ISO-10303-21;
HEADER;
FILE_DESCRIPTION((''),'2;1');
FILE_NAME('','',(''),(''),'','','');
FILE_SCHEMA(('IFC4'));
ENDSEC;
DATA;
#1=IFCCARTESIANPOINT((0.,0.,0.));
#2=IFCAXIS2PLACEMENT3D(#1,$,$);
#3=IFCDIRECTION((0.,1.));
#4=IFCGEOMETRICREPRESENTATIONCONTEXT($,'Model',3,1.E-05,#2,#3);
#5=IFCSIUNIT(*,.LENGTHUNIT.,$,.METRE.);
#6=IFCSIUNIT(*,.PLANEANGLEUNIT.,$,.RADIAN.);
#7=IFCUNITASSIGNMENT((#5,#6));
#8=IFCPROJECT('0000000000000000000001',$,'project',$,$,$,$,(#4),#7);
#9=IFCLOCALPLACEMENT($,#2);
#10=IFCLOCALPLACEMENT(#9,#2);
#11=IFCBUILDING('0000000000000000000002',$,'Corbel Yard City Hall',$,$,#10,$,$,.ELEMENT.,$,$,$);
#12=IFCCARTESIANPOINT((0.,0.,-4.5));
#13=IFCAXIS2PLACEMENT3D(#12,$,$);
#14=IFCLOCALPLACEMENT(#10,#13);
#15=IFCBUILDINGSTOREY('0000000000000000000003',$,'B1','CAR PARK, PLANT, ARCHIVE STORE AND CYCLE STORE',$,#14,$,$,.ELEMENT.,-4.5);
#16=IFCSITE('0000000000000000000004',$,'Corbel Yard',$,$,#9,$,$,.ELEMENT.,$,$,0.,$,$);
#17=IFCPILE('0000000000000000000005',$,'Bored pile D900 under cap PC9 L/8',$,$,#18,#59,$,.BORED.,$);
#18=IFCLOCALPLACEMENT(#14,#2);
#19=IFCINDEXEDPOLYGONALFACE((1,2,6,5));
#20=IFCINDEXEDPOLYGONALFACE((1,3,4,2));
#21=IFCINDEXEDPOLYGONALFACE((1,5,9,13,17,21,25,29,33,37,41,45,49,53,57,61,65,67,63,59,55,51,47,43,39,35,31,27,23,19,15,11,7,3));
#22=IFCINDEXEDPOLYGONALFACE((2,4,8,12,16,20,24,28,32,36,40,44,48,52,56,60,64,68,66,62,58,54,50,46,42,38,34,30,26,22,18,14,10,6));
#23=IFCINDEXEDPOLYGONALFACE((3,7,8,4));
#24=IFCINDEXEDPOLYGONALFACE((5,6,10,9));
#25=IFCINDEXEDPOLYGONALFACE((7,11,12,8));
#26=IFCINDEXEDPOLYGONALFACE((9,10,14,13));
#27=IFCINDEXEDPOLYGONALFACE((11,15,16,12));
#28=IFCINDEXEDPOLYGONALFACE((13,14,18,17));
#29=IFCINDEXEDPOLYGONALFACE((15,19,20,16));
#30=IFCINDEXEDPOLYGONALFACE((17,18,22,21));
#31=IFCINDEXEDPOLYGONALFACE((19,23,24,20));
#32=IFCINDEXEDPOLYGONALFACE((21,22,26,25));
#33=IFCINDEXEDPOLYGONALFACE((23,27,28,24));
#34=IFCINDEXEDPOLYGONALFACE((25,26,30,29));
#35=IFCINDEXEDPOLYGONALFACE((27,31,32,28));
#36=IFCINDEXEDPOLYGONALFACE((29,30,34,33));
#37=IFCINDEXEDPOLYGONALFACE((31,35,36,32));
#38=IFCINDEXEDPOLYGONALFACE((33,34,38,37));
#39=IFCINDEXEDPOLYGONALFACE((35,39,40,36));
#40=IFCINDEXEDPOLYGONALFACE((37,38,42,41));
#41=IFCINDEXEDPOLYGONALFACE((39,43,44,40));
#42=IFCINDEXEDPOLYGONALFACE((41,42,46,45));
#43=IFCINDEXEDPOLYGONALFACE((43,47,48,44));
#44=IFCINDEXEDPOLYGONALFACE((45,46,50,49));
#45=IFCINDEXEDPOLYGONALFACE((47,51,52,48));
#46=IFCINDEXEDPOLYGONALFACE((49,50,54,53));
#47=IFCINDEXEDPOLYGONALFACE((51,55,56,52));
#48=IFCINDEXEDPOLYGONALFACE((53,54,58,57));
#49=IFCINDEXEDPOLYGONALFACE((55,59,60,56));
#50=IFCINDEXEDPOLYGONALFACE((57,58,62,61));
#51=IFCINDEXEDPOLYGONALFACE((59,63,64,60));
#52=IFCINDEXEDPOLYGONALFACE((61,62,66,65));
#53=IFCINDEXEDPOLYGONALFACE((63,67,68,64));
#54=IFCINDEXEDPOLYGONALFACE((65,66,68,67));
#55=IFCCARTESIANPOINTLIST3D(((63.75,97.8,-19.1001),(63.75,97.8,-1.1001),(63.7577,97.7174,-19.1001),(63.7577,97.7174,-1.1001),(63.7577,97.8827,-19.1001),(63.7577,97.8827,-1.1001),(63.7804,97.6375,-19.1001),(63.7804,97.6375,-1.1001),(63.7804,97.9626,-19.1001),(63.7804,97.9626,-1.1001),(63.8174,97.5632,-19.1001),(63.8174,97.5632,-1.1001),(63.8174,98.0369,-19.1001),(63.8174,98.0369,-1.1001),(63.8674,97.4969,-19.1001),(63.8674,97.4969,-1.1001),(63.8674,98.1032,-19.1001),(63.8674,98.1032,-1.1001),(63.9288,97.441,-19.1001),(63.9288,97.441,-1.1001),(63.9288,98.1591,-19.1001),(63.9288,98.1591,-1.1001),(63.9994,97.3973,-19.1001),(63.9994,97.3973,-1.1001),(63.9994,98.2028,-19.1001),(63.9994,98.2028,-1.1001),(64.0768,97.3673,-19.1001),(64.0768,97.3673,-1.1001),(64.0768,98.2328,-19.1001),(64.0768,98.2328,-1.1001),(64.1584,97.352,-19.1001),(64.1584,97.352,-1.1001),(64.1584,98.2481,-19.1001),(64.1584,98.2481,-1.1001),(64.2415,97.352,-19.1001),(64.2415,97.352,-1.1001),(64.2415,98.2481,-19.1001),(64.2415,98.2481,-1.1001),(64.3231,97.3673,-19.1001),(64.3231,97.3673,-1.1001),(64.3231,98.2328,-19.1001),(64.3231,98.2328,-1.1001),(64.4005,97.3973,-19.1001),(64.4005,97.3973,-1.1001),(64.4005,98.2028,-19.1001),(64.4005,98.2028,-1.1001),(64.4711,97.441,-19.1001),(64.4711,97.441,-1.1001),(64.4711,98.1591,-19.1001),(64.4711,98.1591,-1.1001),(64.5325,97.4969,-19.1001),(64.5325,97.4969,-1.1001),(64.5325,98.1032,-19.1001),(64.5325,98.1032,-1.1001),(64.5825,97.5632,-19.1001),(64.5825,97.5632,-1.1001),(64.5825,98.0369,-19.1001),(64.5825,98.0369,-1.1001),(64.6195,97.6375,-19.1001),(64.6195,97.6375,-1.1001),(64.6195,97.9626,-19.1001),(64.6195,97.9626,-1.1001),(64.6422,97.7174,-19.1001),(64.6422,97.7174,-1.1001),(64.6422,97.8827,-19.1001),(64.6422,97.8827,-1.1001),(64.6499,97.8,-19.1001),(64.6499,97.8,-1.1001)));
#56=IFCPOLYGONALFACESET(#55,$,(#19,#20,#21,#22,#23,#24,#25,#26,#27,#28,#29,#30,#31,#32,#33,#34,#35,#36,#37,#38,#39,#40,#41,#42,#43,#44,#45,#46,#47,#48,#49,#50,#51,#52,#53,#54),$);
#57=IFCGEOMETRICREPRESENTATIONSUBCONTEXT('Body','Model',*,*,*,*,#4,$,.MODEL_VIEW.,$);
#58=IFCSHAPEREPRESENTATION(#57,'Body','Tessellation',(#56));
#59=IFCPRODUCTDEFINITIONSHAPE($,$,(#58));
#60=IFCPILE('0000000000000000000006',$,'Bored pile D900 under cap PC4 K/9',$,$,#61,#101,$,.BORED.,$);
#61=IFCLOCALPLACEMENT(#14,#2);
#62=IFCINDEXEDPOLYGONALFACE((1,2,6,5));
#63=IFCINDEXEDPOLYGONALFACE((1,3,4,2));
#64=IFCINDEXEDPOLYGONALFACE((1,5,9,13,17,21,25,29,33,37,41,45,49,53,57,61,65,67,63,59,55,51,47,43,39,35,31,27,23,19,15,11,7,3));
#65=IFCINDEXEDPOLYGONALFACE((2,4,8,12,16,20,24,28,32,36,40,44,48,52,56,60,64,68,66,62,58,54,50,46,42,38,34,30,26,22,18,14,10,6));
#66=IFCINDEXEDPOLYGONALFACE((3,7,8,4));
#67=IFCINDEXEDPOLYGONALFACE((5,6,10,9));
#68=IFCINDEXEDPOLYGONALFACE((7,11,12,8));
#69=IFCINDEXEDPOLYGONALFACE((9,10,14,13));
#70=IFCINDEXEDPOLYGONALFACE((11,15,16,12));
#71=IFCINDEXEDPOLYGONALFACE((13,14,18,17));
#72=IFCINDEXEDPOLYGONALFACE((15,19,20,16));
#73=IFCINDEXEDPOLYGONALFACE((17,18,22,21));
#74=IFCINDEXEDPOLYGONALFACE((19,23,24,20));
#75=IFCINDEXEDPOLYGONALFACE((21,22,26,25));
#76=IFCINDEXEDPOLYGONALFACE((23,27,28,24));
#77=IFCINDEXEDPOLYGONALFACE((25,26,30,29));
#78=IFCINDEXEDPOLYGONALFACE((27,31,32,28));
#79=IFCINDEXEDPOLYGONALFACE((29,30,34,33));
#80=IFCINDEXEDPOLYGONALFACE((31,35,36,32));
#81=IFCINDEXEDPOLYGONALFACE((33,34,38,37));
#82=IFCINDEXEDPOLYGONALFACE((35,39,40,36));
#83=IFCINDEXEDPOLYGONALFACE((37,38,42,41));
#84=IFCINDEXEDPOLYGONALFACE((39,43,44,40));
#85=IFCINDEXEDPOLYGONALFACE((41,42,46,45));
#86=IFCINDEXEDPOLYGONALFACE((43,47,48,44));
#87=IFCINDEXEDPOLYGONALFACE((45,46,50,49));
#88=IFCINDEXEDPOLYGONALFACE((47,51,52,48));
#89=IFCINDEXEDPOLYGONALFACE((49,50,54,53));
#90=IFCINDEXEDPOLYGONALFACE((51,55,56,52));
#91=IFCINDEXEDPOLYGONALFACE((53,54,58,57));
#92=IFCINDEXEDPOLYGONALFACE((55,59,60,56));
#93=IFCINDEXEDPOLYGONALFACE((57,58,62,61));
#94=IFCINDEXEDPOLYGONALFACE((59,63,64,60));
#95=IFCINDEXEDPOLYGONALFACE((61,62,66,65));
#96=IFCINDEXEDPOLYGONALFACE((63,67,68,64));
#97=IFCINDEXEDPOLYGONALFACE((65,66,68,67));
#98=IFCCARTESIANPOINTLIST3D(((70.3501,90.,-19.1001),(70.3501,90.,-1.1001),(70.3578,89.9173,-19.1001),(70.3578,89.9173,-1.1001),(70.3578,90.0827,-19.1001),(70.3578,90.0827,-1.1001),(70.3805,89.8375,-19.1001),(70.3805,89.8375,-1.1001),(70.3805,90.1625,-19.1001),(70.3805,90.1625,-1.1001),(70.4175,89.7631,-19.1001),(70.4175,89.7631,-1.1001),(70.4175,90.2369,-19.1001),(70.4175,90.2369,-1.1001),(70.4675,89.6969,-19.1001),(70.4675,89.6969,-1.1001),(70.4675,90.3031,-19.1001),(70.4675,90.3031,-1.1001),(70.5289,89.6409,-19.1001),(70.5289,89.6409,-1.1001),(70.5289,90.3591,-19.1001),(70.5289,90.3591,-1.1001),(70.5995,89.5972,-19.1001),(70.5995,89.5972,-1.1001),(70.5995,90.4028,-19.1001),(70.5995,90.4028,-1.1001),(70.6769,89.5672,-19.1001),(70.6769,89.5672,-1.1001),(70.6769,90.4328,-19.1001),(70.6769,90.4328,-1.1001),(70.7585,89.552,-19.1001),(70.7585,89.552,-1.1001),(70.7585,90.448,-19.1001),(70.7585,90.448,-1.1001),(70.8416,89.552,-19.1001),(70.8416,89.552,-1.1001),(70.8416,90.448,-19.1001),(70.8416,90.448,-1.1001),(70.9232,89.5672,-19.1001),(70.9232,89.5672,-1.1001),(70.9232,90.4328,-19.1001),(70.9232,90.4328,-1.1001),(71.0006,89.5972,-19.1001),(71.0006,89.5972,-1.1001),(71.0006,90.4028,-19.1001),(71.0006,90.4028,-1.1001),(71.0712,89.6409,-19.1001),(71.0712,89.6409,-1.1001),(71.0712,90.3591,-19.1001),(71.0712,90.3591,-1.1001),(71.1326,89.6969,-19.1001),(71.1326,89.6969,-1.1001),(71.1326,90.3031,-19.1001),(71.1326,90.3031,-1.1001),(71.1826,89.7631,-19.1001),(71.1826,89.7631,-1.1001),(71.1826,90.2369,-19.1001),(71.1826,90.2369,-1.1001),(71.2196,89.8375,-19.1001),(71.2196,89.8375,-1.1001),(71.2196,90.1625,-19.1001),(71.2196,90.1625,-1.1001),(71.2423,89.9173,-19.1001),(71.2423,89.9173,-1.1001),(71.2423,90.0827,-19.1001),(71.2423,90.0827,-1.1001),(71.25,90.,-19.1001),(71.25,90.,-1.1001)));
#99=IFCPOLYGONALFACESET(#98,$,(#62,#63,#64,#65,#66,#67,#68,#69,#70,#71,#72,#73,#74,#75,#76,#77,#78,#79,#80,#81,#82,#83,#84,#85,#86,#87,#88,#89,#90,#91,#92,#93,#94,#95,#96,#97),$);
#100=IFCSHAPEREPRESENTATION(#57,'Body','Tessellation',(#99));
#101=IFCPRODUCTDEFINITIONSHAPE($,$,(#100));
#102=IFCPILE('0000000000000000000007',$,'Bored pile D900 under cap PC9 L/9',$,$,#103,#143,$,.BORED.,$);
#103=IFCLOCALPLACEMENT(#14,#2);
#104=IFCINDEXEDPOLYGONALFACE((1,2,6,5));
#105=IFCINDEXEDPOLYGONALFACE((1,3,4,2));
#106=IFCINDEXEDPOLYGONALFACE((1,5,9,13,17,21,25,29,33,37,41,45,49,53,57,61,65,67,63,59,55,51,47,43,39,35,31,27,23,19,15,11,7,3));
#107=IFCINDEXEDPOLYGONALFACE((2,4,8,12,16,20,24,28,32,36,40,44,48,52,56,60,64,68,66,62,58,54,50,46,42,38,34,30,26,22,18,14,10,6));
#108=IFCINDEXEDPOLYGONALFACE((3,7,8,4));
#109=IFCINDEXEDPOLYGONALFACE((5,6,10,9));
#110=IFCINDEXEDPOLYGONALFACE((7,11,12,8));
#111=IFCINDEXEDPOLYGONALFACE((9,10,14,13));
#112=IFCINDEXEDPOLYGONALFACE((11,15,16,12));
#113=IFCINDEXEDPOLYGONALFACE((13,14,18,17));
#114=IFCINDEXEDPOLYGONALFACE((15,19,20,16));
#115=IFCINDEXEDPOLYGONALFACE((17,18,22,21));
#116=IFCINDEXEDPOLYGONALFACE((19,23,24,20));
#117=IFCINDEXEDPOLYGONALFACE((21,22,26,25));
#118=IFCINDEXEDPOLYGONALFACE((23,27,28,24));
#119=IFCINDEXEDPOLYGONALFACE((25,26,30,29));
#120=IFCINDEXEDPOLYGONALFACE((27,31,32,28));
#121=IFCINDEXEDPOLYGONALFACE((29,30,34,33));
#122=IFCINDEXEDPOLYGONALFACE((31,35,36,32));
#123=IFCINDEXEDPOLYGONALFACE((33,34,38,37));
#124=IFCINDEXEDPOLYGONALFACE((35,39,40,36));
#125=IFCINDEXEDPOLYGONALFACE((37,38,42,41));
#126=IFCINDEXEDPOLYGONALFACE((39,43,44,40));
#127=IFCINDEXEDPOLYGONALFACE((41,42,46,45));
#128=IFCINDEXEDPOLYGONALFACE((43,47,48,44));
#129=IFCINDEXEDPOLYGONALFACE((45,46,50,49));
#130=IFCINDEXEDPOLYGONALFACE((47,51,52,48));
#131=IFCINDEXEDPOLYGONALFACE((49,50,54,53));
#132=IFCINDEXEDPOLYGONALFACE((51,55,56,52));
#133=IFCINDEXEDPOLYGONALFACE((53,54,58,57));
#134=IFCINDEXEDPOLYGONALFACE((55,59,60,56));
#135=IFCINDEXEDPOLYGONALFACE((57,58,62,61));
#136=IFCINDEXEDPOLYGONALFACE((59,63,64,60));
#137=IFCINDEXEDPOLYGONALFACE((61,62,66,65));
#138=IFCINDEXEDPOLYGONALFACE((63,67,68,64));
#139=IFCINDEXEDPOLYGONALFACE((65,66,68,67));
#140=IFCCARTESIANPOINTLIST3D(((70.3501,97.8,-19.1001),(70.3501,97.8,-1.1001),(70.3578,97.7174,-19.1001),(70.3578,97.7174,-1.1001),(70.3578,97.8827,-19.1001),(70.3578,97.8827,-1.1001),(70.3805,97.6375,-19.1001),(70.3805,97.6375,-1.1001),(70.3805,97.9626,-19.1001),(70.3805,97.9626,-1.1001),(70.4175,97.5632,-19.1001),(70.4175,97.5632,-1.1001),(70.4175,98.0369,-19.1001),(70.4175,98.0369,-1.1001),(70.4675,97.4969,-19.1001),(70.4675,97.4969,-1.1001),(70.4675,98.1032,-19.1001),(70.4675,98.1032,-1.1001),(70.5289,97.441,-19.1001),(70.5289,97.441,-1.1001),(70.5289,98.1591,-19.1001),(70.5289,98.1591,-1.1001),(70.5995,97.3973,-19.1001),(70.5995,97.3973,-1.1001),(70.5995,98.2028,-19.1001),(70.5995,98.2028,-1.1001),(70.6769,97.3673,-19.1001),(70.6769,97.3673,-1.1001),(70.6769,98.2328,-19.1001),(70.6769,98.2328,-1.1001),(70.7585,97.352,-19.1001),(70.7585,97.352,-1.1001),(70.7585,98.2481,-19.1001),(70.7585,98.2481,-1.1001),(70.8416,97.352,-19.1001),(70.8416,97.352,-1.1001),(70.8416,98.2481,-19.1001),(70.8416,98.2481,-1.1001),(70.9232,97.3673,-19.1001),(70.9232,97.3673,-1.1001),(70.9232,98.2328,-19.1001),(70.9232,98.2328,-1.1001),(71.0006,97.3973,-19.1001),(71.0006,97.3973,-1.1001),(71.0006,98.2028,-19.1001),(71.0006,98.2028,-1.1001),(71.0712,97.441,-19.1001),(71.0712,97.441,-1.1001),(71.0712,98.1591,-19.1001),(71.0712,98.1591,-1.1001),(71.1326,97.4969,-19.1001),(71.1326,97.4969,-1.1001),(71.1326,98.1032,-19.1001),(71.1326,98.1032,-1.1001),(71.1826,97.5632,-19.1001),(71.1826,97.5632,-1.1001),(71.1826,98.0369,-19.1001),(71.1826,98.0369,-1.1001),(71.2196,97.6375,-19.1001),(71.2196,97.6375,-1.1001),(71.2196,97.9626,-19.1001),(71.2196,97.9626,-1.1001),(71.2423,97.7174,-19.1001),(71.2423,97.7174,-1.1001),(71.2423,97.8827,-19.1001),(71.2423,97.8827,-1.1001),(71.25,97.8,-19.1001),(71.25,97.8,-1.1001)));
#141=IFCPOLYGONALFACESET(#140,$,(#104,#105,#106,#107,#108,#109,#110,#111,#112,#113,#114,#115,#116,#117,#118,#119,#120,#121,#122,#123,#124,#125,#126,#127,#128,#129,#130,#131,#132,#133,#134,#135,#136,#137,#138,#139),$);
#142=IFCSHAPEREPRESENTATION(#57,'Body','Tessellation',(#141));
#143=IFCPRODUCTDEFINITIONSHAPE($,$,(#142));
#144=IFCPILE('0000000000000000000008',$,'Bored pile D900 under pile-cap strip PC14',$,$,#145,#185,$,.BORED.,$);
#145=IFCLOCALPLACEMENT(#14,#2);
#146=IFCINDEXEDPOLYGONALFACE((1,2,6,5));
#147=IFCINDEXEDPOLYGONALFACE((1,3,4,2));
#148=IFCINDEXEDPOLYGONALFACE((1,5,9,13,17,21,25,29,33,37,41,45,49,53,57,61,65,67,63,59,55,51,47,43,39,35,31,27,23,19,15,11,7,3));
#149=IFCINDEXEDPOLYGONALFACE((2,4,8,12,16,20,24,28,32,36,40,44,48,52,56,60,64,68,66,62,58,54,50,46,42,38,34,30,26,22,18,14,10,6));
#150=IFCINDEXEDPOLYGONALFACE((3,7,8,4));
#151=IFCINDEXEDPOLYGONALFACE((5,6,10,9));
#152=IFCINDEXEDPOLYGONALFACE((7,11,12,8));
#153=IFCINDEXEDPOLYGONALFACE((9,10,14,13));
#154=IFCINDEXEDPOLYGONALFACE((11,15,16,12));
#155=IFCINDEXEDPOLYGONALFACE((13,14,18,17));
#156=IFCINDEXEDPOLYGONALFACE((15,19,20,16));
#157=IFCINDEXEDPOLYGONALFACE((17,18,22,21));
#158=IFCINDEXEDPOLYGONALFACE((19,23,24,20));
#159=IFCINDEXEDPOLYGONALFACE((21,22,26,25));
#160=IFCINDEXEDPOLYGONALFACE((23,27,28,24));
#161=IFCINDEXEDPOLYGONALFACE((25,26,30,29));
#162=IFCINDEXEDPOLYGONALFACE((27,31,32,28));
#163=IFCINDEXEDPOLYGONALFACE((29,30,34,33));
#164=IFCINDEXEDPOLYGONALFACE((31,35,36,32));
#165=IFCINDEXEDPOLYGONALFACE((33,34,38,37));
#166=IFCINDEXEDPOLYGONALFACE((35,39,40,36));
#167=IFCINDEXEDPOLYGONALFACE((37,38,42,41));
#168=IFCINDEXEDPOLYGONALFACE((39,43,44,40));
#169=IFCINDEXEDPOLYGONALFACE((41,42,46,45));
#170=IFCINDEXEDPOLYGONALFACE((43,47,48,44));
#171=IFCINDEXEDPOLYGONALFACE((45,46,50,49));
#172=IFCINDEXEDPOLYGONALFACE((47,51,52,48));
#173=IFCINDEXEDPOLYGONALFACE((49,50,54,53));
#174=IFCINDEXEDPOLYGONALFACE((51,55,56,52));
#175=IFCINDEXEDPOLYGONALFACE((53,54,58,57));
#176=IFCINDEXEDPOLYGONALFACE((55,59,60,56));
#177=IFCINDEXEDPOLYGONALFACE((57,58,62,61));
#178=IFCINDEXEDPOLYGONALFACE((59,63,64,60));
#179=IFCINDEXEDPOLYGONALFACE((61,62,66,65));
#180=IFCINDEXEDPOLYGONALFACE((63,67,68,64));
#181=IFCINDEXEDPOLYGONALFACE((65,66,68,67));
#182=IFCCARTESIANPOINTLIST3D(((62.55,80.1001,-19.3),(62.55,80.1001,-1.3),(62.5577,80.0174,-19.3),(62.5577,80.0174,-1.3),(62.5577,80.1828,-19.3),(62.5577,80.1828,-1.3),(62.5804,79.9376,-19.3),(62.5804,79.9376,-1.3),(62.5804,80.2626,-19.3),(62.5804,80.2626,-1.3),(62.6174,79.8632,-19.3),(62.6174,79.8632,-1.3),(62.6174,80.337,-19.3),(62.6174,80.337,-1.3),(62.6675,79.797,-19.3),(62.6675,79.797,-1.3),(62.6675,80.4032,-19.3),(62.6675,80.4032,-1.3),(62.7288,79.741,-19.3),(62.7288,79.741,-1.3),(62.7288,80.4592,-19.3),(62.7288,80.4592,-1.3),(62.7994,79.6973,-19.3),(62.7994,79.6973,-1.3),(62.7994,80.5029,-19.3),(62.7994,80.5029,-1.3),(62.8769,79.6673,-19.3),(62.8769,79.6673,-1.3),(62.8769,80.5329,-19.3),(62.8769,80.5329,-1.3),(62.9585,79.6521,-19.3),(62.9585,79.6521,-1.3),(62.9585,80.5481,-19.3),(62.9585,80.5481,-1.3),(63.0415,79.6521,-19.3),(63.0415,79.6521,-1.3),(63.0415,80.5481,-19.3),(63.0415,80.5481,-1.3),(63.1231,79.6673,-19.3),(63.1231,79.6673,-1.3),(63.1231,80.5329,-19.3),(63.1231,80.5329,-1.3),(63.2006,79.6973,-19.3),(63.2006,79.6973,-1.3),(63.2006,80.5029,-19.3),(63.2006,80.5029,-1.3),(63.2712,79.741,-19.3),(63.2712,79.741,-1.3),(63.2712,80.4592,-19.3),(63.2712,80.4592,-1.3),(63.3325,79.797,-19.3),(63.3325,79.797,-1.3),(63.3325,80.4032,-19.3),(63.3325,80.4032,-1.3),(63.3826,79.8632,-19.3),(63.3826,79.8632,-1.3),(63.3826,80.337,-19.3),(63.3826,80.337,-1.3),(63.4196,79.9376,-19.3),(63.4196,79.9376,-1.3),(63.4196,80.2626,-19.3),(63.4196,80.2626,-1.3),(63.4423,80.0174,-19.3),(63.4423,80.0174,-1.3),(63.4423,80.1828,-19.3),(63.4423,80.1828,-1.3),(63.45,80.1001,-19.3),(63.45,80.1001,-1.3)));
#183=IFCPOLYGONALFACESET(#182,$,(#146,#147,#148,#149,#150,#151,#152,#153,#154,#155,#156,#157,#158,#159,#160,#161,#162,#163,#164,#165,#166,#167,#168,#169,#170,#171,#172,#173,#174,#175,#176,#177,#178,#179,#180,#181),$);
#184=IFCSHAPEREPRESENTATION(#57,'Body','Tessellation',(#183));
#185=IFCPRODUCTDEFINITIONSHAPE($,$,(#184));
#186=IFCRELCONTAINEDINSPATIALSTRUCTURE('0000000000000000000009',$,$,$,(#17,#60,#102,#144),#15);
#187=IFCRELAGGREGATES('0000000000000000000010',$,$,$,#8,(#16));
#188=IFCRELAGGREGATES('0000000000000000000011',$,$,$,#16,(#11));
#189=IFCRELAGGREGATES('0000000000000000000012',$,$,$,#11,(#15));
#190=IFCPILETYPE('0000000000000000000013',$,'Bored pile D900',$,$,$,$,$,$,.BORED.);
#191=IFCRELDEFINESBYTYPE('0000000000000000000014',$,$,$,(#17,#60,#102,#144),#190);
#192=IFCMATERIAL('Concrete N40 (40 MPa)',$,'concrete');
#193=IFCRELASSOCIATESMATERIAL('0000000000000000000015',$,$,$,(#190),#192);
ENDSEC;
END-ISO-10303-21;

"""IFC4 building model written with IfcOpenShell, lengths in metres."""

from ifc_helpers import new_model, si_unit, direction, frame, origin, origin_2d, place, context, subcontext, project, spatial, circle, extrude, material, material_profile, profile_set, type_object, element, save


model = new_model("IFC4")

# Units and contexts
model_context = context("Model", 3, precision=1e-05, world=origin(), true_north=direction((0.0, 1.0)))
body_context = subcontext(model_context, "Body", "Model", "MODEL_VIEW")
ifc_project = project(units=[si_unit("LENGTHUNIT", "METRE"), si_unit("PLANEANGLEUNIT", "RADIAN")], contexts=[model_context])

# Site, building, storey
site_placement = place(None, origin())
site = spatial("IfcSite", under=ifc_project, at=site_placement, Name="Corbel Yard", CompositionType="ELEMENT", RefElevation=0.0)
building_placement = place(site_placement, origin())
building = spatial("IfcBuilding", under=site, at=building_placement, Name="Corbel Yard City Hall", CompositionType="ELEMENT")
storey_placement = place(building_placement, frame((0.0, 0.0, -4.5)))
storey = spatial("IfcBuildingStorey", under=building, at=storey_placement, Name="B1", Description="CAR PARK, PLANT, ARCHIVE STORE AND CYCLE STORE", CompositionType="ELEMENT", Elevation=-4.5)

# Piles
ifc_material_1 = material(Name="Concrete N40 (40 MPa)", Category="concrete")
ifc_material_profile_1 = material_profile(ifc_material_1, circle(Radius=0.45, at=origin_2d()), Name="D900")
ifc_profile_set_1 = profile_set([ifc_material_profile_1], Name="Concrete N40 (40 MPa)")
pile_type = type_object("IfcPileType", Name="Bored pile D900", PredefinedType="BORED", material=ifc_profile_set_1)
for number, where, z_axis, x_axis, name in (
    (1, (64.2, 97.8, -1.1001), (0.0, 0.0, -1.0), (1.0, 0.0, 0.0), "Bored pile D900 under cap PC9 L/8"),
    (2, (70.8, 90.0, -1.1001), (0.0, 0.0, -1.0), (1.0, 0.0, 0.0), "Bored pile D900 under cap PC4 K/9"),
    (3, (70.8, 97.8, -1.1001), (0.0, 0.0, -1.0), (1.0, 0.0, 0.0), "Bored pile D900 under cap PC9 L/9"),
    (4, (63.0, 80.1001, -1.3), (0.0, 0.0, -1.0), (1.0, 0.0, 0.0), "Bored pile D900 under pile-cap strip PC14"),
):
    element("IfcPile", number, at=place(storey_placement, frame(where, z_axis=z_axis, x_axis=x_axis)), inside=storey, type_object=pile_type, Name=name, PredefinedType="BORED", context=body_context, shape_type="SweptSolid", body=[
        extrude(circle(Radius=0.45, at=origin_2d()), origin(), (0.0, 0.0, 1.0), 18.0),
    ])

save(model, "model.ifc")
